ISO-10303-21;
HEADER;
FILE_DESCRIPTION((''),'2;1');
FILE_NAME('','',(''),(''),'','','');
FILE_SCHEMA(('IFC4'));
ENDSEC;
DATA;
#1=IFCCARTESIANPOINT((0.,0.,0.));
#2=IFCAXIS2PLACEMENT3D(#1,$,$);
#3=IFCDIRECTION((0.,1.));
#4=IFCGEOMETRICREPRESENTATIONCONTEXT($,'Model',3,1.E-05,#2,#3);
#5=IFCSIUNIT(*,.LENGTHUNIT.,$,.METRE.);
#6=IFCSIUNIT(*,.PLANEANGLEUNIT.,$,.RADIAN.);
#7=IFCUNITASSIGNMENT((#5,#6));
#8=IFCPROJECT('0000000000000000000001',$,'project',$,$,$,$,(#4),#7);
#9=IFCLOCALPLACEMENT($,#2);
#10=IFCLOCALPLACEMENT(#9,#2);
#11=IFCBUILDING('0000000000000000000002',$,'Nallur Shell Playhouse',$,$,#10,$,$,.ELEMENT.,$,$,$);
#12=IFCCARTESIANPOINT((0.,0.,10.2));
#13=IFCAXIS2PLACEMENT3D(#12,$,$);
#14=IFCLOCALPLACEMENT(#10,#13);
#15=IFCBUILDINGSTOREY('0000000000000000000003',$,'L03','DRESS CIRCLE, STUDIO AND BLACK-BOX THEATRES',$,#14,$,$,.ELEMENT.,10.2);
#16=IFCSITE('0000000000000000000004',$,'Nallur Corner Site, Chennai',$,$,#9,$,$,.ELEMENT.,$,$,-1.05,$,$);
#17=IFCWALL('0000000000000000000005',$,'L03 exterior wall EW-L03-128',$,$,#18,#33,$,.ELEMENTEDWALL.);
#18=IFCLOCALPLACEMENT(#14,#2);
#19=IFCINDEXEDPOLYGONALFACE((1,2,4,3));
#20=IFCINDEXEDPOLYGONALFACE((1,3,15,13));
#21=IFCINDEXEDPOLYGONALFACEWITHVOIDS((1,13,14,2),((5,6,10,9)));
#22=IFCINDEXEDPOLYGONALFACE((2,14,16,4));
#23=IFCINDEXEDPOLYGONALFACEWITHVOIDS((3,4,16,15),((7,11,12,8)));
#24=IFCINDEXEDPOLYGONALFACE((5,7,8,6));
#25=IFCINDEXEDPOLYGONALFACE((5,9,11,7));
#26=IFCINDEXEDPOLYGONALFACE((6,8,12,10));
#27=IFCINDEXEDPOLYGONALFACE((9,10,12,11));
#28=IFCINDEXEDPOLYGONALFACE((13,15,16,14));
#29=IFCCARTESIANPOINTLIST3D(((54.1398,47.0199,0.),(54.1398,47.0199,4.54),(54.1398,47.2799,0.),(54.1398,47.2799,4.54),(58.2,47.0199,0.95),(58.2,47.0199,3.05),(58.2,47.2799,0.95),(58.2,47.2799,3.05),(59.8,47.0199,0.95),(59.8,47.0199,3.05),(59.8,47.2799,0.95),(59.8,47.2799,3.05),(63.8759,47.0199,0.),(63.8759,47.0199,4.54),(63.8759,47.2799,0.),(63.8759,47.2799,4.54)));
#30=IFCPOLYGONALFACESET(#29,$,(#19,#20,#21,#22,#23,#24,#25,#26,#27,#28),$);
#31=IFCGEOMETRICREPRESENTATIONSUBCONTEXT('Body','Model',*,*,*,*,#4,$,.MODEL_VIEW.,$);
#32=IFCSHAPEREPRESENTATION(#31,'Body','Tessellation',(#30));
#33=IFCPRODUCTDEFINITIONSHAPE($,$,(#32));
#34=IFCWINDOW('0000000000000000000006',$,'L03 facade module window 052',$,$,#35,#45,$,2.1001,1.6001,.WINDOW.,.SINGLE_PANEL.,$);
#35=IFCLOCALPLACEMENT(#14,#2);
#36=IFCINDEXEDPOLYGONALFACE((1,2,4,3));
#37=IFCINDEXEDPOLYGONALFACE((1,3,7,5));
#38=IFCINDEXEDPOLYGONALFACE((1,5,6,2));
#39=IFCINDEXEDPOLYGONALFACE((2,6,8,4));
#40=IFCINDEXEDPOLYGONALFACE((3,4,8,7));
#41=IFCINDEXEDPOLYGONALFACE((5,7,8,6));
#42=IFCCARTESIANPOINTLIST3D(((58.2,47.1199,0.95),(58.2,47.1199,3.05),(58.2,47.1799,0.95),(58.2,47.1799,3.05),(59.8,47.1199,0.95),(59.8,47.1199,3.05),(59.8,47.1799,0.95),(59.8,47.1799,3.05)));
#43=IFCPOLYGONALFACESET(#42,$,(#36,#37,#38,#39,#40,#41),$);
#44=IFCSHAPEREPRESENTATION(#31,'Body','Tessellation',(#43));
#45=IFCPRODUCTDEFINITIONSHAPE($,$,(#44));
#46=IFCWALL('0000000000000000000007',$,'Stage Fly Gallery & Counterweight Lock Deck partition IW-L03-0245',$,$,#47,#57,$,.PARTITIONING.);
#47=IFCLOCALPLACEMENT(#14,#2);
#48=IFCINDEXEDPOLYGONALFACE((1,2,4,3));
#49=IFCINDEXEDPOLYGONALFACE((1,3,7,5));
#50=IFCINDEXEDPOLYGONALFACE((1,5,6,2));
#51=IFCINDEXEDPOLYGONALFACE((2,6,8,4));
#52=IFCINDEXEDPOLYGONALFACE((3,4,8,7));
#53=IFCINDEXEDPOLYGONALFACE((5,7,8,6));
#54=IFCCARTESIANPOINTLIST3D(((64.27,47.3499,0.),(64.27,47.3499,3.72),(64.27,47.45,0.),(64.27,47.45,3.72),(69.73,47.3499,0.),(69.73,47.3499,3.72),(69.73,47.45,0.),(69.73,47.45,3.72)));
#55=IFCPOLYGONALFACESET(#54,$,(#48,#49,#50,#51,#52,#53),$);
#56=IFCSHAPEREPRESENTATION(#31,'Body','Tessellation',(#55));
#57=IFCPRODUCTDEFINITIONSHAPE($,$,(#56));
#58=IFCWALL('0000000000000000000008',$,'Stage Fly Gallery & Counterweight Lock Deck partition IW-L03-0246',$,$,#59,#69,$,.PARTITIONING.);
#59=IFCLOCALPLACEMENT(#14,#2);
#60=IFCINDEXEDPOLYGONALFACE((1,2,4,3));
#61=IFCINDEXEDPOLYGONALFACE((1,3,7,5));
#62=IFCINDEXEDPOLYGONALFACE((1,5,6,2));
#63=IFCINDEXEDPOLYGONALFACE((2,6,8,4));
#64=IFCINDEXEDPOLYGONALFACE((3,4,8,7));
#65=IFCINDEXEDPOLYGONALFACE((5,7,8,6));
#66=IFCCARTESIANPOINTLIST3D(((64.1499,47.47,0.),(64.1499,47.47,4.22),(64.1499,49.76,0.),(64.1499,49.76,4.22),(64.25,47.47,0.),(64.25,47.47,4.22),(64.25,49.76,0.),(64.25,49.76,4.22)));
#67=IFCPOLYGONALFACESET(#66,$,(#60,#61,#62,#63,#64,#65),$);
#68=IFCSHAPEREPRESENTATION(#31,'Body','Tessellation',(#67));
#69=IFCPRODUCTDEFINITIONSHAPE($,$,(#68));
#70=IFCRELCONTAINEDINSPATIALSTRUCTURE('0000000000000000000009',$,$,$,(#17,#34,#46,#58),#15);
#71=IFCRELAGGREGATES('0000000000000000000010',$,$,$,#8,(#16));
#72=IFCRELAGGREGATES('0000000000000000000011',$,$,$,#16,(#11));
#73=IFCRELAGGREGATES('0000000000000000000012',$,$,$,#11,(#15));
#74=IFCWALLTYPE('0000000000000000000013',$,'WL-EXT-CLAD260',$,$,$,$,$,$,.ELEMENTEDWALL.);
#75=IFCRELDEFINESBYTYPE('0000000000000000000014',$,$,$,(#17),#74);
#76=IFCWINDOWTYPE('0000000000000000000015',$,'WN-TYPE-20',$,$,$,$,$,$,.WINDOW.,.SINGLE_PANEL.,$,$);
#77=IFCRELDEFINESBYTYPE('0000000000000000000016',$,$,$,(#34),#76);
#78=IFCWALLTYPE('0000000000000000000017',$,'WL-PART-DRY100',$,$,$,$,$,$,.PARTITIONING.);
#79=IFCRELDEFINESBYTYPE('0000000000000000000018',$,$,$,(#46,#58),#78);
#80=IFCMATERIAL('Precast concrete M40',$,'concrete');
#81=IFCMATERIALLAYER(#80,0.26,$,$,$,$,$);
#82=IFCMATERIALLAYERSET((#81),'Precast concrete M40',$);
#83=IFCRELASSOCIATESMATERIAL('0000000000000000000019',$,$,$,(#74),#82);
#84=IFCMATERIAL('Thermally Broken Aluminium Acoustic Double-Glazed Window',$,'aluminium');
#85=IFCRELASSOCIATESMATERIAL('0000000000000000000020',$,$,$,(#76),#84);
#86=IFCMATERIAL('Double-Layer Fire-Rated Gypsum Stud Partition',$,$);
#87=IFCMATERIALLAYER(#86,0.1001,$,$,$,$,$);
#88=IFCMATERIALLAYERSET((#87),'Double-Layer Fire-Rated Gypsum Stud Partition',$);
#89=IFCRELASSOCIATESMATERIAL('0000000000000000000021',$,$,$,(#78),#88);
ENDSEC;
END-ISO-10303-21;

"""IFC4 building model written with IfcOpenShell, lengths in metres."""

from ifc_helpers import new_model, si_unit, direction, frame, frame_2d, origin, place, context, subcontext, project, spatial, rectangle, extrude, material, layer, layer_set, type_object, element, fill, save


model = new_model("IFC4")

# Units and contexts
model_context = context("Model", 3, precision=1e-05, world=origin(), true_north=direction((0.0, 1.0)))
body_context = subcontext(model_context, "Body", "Model", "MODEL_VIEW")
ifc_project = project(units=[si_unit("LENGTHUNIT", "METRE"), si_unit("PLANEANGLEUNIT", "RADIAN")], contexts=[model_context])

# Site, building, storey
site_placement = place(None, origin())
site = spatial("IfcSite", under=ifc_project, at=site_placement, Name="Nallur Corner Site, Chennai", CompositionType="ELEMENT", RefElevation=-1.05)
building_placement = place(site_placement, origin())
building = spatial("IfcBuilding", under=site, at=building_placement, Name="Nallur Shell Playhouse", CompositionType="ELEMENT")
storey_placement = place(building_placement, frame((0.0, 0.0, 10.2)))
storey = spatial("IfcBuildingStorey", under=building, at=storey_placement, Name="L03", Description="DRESS CIRCLE, STUDIO AND BLACK-BOX THEATRES", CompositionType="ELEMENT", Elevation=10.2)

# Wall, opening, window
ifc_material_1 = material(Name="Precast concrete M40", Category="concrete")
ifc_layer_1 = layer(ifc_material_1, 0.26)
ifc_layer_set_1 = layer_set([ifc_layer_1], Name="Precast concrete M40")
wall_type_1 = type_object("IfcWallType", Name="WL-EXT-CLAD260", PredefinedType="ELEMENTEDWALL", material=ifc_layer_set_1)
wall_1_placement = place(storey_placement, frame((63.876, 47.1499, 0.0), z_axis=(0.0, 0.0, 1.0), x_axis=(-1.0, 0.0, 0.0)))
wall_1 = element("IfcWall", 1, at=wall_1_placement, inside=storey, type_object=wall_type_1, Name="L03 exterior wall EW-L03-128", PredefinedType="ELEMENTEDWALL", context=body_context, shape_type="SweptSolid", body=[
    extrude(rectangle(XDim=9.7361, YDim=0.26, at=frame_2d((4.8682, 0.0))), origin(), (0.0, 0.0, 1.0), 4.54),
])
opening_placement = place(wall_1_placement, frame((4.0759, 0.0, 0.95)))
opening = element("IfcOpeningElement", 2, at=opening_placement, cuts=wall_1, PredefinedType="OPENING", context=body_context, shape_type="SweptSolid", body=[
    extrude(rectangle(XDim=1.6001, YDim=2.1001, at=frame_2d((0.8, 1.05))), frame((0.0, 0.1401, 0.0), z_axis=(0.0, -1.0, 0.0), x_axis=(1.0, 0.0, 0.0)), (0.0, 0.0, 1.0), 0.28),
])
ifc_material_2 = material(Name="Thermally Broken Aluminium Acoustic Double-Glazed Window", Category="aluminium")
window_type = type_object("IfcWindowType", Name="WN-TYPE-20", PartitioningType="SINGLE_PANEL", PredefinedType="WINDOW", material=ifc_material_2)
window_placement = place(opening_placement, origin())
window = element("IfcWindow", 3, at=window_placement, inside=storey, type_object=window_type, Name="L03 facade module window 052", OverallHeight=2.1001, OverallWidth=1.6001, PartitioningType="SINGLE_PANEL", PredefinedType="WINDOW", context=body_context, shape_type="SweptSolid", body=[
    extrude(rectangle(XDim=1.6001, YDim=2.1001, at=frame_2d((0.8, 1.05))), frame((0.0, 0.03, 0.0), z_axis=(0.0, -1.0, 0.0), x_axis=(1.0, 0.0, 0.0)), (0.0, 0.0, 1.0), 0.0601),
])
fill(opening, window)

# Walls
ifc_material_3 = material(Name="Double-Layer Fire-Rated Gypsum Stud Partition")
ifc_layer_2 = layer(ifc_material_3, 0.1001)
ifc_layer_set_2 = layer_set([ifc_layer_2], Name="Double-Layer Fire-Rated Gypsum Stud Partition")
wall_type_2 = type_object("IfcWallType", Name="WL-PART-DRY100", PredefinedType="PARTITIONING", material=ifc_layer_set_2)
wall_2_placement = place(storey_placement, frame((69.73, 47.3999, 0.0), z_axis=(0.0, 0.0, 1.0), x_axis=(-1.0, 0.0, 0.0)))
element("IfcWall", 4, at=wall_2_placement, inside=storey, type_object=wall_type_2, Name="Stage Fly Gallery & Counterweight Lock Deck partition IW-L03-0245", PredefinedType="PARTITIONING", context=body_context, shape_type="SweptSolid", body=[
    extrude(rectangle(XDim=5.46, YDim=0.1001, at=frame_2d((2.73, 0.0))), origin(), (0.0, 0.0, 1.0), 3.72),
])
wall_3_placement = place(storey_placement, frame((64.2, 47.47, 0.0), z_axis=(0.0, 0.0, 1.0), x_axis=(0.0, 1.0, 0.0)))
element("IfcWall", 5, at=wall_3_placement, inside=storey, type_object=wall_type_2, Name="Stage Fly Gallery & Counterweight Lock Deck partition IW-L03-0246", PredefinedType="PARTITIONING", context=body_context, shape_type="SweptSolid", body=[
    extrude(rectangle(XDim=2.29, YDim=0.1001, at=frame_2d((1.145, 0.0))), origin(), (0.0, 0.0, 1.0), 4.22),
])

save(model, "model.ifc")
